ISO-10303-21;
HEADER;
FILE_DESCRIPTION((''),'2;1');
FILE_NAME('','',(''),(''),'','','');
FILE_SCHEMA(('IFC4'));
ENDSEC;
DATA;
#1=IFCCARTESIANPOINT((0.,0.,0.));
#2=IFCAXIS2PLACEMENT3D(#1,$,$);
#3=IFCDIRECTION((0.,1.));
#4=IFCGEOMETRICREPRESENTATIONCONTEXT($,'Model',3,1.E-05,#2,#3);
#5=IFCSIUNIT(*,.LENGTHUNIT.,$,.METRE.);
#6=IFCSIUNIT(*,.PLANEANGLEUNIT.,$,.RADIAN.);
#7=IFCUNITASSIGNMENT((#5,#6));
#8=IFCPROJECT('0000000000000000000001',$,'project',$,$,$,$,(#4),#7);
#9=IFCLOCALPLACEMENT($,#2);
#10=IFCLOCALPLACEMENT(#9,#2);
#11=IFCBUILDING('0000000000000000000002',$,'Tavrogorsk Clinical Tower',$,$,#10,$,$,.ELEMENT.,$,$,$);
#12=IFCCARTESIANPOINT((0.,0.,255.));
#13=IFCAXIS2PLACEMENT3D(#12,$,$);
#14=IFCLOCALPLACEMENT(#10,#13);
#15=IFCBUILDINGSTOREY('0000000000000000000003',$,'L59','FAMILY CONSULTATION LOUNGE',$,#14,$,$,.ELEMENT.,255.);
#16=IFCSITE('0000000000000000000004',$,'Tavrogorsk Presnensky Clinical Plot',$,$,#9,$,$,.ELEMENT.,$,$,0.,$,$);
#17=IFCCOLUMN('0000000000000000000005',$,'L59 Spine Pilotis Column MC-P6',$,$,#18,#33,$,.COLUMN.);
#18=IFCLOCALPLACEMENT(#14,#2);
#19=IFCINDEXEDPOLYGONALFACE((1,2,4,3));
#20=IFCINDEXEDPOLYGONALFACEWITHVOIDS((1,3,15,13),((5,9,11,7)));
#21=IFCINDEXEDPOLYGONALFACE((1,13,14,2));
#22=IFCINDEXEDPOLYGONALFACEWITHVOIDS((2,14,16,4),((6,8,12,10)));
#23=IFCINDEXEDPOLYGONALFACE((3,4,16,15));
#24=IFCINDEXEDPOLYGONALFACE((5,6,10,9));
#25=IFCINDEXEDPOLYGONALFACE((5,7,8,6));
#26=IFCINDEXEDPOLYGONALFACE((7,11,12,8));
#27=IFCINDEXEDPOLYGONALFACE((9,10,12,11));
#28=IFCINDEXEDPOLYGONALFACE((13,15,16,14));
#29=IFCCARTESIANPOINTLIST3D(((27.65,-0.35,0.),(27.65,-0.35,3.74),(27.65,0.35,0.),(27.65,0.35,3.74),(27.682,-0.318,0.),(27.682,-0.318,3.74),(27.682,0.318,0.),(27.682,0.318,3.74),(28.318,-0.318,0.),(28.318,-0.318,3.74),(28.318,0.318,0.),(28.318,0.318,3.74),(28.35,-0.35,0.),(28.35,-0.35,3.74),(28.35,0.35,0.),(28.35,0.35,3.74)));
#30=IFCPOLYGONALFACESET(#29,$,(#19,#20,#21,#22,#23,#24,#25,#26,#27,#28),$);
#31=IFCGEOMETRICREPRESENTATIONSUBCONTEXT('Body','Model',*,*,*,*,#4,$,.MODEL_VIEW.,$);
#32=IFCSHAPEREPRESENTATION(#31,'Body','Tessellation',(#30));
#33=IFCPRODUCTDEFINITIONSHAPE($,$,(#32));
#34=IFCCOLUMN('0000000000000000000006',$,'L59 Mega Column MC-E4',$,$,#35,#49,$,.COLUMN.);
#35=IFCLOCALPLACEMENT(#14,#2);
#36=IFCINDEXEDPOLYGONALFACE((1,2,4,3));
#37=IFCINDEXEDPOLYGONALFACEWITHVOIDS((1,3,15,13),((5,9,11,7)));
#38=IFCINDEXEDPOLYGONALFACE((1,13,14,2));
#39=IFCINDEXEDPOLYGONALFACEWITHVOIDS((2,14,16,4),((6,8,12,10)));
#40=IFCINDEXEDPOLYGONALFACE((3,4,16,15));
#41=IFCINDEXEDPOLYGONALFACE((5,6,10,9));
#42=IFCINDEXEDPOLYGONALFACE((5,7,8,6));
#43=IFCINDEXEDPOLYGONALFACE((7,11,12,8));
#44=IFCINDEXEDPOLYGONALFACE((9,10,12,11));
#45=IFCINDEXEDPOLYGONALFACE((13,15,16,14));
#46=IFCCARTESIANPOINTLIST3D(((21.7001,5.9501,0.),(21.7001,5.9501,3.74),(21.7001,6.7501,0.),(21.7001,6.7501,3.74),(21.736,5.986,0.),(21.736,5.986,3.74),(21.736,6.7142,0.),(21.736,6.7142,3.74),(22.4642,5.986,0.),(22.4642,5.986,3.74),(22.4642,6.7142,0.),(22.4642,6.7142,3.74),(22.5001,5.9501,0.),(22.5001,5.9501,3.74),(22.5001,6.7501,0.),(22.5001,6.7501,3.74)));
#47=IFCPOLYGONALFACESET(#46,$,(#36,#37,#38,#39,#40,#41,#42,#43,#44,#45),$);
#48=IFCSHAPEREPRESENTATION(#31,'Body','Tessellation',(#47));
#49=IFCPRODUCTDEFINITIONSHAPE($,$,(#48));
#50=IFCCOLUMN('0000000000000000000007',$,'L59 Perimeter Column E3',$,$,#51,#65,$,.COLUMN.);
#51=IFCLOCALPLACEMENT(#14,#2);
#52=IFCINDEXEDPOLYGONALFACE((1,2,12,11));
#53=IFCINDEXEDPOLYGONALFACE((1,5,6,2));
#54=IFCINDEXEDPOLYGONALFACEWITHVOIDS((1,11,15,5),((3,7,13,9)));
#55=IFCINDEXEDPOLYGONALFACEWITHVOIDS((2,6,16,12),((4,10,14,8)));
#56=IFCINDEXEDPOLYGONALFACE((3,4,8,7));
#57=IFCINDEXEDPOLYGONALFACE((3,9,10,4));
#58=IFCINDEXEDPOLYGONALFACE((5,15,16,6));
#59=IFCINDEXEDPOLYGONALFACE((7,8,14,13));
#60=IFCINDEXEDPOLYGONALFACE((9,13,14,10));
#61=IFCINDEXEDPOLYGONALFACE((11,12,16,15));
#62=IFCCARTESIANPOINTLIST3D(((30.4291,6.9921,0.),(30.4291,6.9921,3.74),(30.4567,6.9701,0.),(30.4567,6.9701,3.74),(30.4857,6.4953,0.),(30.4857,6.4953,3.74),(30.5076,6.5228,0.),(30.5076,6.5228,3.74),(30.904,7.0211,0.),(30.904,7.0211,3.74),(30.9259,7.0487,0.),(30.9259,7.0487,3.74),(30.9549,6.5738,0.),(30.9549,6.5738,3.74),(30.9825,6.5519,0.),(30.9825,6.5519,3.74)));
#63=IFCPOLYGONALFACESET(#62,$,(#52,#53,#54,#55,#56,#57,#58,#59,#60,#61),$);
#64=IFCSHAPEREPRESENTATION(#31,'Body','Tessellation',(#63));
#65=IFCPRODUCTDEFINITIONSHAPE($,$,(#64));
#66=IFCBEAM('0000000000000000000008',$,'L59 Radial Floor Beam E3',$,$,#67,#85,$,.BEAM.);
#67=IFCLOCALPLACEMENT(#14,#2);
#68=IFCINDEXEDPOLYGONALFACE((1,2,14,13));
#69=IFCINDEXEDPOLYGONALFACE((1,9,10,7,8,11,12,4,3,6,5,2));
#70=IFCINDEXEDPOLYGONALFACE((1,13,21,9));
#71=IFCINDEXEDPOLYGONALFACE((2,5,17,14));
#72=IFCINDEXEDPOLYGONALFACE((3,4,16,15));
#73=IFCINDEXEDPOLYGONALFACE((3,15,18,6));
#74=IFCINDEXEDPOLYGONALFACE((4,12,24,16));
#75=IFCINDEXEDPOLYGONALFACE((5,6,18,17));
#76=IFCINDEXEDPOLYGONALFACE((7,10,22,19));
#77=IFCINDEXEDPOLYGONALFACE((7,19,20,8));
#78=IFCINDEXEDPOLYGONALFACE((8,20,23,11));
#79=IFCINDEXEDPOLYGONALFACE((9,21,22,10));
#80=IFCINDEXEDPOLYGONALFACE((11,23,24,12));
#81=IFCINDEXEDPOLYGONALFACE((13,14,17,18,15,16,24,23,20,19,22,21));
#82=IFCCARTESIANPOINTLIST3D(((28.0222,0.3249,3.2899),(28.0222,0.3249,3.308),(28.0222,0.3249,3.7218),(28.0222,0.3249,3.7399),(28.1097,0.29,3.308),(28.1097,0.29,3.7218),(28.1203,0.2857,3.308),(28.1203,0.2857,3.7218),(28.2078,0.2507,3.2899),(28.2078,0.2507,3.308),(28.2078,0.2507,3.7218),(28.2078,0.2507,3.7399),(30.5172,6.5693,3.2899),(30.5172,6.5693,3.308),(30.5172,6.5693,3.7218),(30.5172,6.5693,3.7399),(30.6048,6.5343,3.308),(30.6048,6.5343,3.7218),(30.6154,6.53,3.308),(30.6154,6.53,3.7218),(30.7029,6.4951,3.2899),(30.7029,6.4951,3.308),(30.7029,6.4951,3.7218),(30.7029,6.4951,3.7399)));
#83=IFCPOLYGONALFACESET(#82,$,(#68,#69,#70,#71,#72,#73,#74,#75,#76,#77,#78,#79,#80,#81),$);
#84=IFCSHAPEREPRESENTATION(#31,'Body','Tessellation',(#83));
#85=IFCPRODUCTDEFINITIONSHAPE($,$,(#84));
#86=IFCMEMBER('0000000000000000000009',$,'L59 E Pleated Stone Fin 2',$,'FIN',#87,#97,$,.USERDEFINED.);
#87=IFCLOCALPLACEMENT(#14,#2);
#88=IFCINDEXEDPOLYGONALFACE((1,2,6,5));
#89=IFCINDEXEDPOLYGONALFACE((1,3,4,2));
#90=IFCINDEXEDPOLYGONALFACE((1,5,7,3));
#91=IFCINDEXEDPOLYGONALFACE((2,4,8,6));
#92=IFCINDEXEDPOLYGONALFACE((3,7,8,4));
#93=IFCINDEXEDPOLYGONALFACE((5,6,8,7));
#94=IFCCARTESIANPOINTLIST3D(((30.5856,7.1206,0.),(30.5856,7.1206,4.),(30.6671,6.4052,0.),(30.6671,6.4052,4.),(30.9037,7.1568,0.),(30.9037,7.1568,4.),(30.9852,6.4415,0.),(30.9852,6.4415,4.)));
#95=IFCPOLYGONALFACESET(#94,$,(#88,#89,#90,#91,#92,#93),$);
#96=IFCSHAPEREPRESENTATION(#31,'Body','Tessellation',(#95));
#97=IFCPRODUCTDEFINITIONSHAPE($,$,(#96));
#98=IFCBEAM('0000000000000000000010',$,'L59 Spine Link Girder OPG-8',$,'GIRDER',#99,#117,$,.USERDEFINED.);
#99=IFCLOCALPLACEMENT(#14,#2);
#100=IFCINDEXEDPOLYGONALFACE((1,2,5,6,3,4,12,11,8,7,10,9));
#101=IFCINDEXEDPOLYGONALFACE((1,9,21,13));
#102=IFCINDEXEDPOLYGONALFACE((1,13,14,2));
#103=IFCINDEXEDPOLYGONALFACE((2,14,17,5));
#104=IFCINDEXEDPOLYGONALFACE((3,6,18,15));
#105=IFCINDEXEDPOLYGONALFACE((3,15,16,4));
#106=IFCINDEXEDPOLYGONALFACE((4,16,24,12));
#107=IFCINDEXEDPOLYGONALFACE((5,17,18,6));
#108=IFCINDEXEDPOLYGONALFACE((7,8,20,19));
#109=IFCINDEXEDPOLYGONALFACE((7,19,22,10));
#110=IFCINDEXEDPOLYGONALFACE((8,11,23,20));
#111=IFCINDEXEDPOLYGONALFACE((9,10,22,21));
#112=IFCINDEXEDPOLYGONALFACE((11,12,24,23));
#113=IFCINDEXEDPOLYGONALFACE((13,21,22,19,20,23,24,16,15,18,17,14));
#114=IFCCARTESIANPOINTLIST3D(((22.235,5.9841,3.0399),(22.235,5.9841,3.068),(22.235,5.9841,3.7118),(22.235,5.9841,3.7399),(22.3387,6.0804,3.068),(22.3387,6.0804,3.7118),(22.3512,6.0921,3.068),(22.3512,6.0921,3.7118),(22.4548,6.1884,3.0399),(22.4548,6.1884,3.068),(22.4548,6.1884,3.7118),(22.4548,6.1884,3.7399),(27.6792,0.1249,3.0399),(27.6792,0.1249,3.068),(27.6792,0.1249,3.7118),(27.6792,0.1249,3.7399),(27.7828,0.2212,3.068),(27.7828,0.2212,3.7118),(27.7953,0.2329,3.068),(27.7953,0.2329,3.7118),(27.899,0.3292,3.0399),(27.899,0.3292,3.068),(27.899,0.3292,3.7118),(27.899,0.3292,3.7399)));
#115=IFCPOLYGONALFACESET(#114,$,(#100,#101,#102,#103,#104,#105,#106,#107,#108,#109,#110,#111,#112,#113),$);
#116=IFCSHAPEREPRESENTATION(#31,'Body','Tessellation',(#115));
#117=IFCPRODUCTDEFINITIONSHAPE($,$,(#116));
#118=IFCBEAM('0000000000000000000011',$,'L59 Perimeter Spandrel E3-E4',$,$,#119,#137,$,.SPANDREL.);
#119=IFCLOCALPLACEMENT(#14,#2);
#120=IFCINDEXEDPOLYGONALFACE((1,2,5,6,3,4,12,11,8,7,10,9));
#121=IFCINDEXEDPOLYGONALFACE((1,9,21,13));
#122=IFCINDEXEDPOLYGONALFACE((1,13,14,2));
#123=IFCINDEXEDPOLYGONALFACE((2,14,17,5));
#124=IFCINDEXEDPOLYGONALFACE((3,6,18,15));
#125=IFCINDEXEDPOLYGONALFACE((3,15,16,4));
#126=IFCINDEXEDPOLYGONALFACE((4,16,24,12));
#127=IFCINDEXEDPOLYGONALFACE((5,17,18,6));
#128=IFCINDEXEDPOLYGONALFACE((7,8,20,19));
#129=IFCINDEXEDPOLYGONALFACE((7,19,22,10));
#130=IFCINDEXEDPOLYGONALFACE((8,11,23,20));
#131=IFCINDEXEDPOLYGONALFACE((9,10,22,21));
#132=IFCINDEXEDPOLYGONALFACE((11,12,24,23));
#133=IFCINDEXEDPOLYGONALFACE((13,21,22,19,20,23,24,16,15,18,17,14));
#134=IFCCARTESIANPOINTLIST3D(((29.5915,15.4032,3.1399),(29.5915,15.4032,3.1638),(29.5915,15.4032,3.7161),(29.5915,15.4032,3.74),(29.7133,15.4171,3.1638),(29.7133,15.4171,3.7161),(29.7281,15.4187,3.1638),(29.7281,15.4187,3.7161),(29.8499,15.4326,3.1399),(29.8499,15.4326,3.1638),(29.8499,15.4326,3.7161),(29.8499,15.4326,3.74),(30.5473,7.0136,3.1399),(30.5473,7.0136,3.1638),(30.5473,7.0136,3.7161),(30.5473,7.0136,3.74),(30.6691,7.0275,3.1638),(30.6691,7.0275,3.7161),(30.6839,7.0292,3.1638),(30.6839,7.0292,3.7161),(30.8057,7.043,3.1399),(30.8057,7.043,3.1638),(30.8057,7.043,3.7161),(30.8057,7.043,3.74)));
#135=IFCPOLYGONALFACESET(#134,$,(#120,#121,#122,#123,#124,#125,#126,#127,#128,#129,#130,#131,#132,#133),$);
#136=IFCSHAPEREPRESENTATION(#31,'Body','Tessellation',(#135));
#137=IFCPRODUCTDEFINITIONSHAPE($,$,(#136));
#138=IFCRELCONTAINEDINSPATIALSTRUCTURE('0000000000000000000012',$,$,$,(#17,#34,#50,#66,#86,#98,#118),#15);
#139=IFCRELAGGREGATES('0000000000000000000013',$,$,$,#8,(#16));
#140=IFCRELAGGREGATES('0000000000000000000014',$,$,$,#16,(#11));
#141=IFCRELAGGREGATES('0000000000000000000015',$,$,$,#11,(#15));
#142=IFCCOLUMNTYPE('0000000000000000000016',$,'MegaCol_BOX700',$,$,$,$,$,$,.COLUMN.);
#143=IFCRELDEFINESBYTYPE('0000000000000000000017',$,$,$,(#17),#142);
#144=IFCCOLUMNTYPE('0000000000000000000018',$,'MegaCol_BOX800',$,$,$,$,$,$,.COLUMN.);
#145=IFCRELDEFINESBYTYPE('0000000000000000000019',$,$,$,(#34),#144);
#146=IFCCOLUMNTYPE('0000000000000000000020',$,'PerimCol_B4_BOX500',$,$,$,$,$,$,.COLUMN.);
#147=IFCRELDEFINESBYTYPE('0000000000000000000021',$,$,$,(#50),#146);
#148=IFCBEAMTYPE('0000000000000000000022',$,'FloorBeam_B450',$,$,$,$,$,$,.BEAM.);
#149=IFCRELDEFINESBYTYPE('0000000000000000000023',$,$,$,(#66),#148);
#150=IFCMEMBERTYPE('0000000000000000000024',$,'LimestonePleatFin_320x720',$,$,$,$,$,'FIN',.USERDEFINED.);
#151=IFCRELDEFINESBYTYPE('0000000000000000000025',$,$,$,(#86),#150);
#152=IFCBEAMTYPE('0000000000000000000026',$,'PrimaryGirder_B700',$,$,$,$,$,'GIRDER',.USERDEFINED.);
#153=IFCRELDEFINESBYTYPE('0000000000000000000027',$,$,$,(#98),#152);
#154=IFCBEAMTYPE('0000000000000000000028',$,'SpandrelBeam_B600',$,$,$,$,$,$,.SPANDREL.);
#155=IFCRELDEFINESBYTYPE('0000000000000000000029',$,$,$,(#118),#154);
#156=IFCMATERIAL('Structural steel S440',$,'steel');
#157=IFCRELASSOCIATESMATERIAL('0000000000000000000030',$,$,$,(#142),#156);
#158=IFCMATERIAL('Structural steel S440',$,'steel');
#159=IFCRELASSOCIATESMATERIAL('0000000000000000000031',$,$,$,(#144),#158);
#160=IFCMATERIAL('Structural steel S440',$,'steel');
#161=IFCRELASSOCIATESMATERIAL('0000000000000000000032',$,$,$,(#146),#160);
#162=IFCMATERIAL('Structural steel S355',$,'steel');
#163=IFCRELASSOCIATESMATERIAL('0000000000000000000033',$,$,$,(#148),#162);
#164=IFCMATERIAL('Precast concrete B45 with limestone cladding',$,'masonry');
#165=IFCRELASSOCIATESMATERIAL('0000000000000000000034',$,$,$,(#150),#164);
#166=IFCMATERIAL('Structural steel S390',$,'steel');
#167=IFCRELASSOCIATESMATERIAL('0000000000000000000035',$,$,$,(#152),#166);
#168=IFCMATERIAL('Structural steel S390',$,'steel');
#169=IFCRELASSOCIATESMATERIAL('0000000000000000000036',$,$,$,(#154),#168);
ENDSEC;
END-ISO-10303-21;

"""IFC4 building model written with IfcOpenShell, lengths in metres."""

from ifc_helpers import new_model, si_unit, direction, frame, origin, origin_2d, place, context, subcontext, project, spatial, rectangle, hollow_rectangle, i_section, extrude, material, material_profile, profile_set, type_object, element, save


model = new_model("IFC4")

# Units and contexts
model_context = context("Model", 3, precision=1e-05, world=origin(), true_north=direction((0.0, 1.0)))
body_context = subcontext(model_context, "Body", "Model", "MODEL_VIEW")
ifc_project = project(units=[si_unit("LENGTHUNIT", "METRE"), si_unit("PLANEANGLEUNIT", "RADIAN")], contexts=[model_context])

# Site, building, storey
site_placement = place(None, origin())
site = spatial("IfcSite", under=ifc_project, at=site_placement, Name="Tavrogorsk Presnensky Clinical Plot", CompositionType="ELEMENT", RefElevation=0.0)
building_placement = place(site_placement, origin())
building = spatial("IfcBuilding", under=site, at=building_placement, Name="Tavrogorsk Clinical Tower", CompositionType="ELEMENT")
storey_placement = place(building_placement, frame((0.0, 0.0, 255.0)))
storey = spatial("IfcBuildingStorey", under=building, at=storey_placement, Name="L59", Description="FAMILY CONSULTATION LOUNGE", CompositionType="ELEMENT", Elevation=255.0)

# Columns
ifc_material_1 = material(Name="Structural steel S440", Category="steel")
ifc_material_profile_1 = material_profile(ifc_material_1, hollow_rectangle(XDim=0.7, YDim=0.7, WallThickness=0.032, at=origin_2d()), Name="BOX-700x700x32")
ifc_profile_set_1 = profile_set([ifc_material_profile_1], Name="Structural steel S440")
column_type_1 = type_object("IfcColumnType", Name="MegaCol_BOX700", PredefinedType="COLUMN", material=ifc_profile_set_1)
column_1_placement = place(storey_placement, frame((28.0, 0.0, 0.0), z_axis=(0.0, 0.0, 1.0), x_axis=(1.0, 0.0, 0.0)))
element("IfcColumn", 1, at=column_1_placement, inside=storey, type_object=column_type_1, Name="L59 Spine Pilotis Column MC-P6", PredefinedType="COLUMN", context=body_context, shape_type="SweptSolid", body=[
    extrude(hollow_rectangle(XDim=0.7, YDim=0.7, WallThickness=0.032, at=origin_2d()), origin(), (0.0, 0.0, 1.0), 3.74),
])
ifc_material_2 = material(Name="Structural steel S440", Category="steel")
ifc_material_profile_2 = material_profile(ifc_material_2, hollow_rectangle(XDim=0.8, YDim=0.8, WallThickness=0.0359, at=origin_2d()), Name="BOX-800x800x36")
ifc_profile_set_2 = profile_set([ifc_material_profile_2], Name="Structural steel S440")
column_type_2 = type_object("IfcColumnType", Name="MegaCol_BOX800", PredefinedType="COLUMN", material=ifc_profile_set_2)
column_2_placement = place(storey_placement, frame((22.1001, 6.3501, 0.0), z_axis=(0.0, 0.0, 1.0), x_axis=(1.0, 0.0, 0.0)))
element("IfcColumn", 2, at=column_2_placement, inside=storey, type_object=column_type_2, Name="L59 Mega Column MC-E4", PredefinedType="COLUMN", context=body_context, shape_type="SweptSolid", body=[
    extrude(hollow_rectangle(XDim=0.8, YDim=0.8, WallThickness=0.0359, at=origin_2d()), origin(), (0.0, 0.0, 1.0), 3.74),
])
ifc_material_3 = material(Name="Structural steel S440", Category="steel")
ifc_material_profile_3 = material_profile(ifc_material_3, hollow_rectangle(XDim=0.5, YDim=0.5, WallThickness=0.0249, at=origin_2d()), Name="BOX-500x500x25")
ifc_profile_set_3 = profile_set([ifc_material_profile_3], Name="Structural steel S440")
column_type_3 = type_object("IfcColumnType", Name="PerimCol_B4_BOX500", PredefinedType="COLUMN", material=ifc_profile_set_3)
column_3_placement = place(storey_placement, frame((30.7058, 6.772, 0.0), z_axis=(0.0, 0.0, 1.0), x_axis=(0.993572, 0.113203, 0.0)))
element("IfcColumn", 3, at=column_3_placement, inside=storey, type_object=column_type_3, Name="L59 Perimeter Column E3", PredefinedType="COLUMN", context=body_context, shape_type="SweptSolid", body=[
    extrude(hollow_rectangle(XDim=0.5, YDim=0.5, WallThickness=0.0249, at=origin_2d()), origin(), (0.0, 0.0, 1.0), 3.74),
])

# Beam
ifc_material_4 = material(Name="Structural steel S355", Category="steel")
ifc_material_profile_4 = material_profile(ifc_material_4, i_section(OverallWidth=0.2, OverallDepth=0.45, WebThickness=0.0115, FlangeThickness=0.0181, at=origin_2d()), Name="B-450x200x11.5x18")
ifc_profile_set_4 = profile_set([ifc_material_profile_4], Name="Structural steel S355")
beam_type_1 = type_object("IfcBeamType", Name="FloorBeam_B450", PredefinedType="BEAM", material=ifc_profile_set_4)
beam_1_placement = place(storey_placement, frame((28.115, 0.2878, 3.5149), z_axis=(0.371053, 0.928612, 0.0), x_axis=(-0.928612, 0.371053, 0.0)))
element("IfcBeam", 4, at=beam_1_placement, inside=storey, type_object=beam_type_1, Name="L59 Radial Floor Beam E3", PredefinedType="BEAM", context=body_context, shape_type="SweptSolid", body=[
    extrude(i_section(OverallWidth=0.2, OverallDepth=0.45, WebThickness=0.0115, FlangeThickness=0.0181, at=origin_2d()), origin(), (0.0, 0.0, 1.0), 6.7244),
])

# Member
ifc_material_5 = material(Name="Precast concrete B45 with limestone cladding", Category="masonry")
ifc_material_profile_5 = material_profile(ifc_material_5, rectangle(XDim=0.3201, YDim=0.72, at=origin_2d()), Name="LIMESTONE-FIN-320x720")
ifc_profile_set_5 = profile_set([ifc_material_profile_5], Name="Precast concrete B45 with limestone cladding")
member_type = type_object("IfcMemberType", Name="LimestonePleatFin_320x720", ElementType="FIN", PredefinedType="USERDEFINED", material=ifc_profile_set_5)
member_placement = place(storey_placement, frame((30.7854, 6.781, 0.0), z_axis=(0.0, 0.0, 1.0), x_axis=(0.993572, 0.113203, 0.0)))
element("IfcMember", 5, at=member_placement, inside=storey, type_object=member_type, Name="L59 E Pleated Stone Fin 2", ObjectType="FIN", PredefinedType="USERDEFINED", context=body_context, shape_type="SweptSolid", body=[
    extrude(rectangle(XDim=0.3201, YDim=0.72, at=origin_2d()), origin(), (0.0, 0.0, 1.0), 4.0),
])

# Beams
ifc_material_6 = material(Name="Structural steel S390", Category="steel")
ifc_material_profile_6 = material_profile(ifc_material_6, i_section(OverallWidth=0.3, OverallDepth=0.7, WebThickness=0.0171, FlangeThickness=0.0281, at=origin_2d()), Name="B-700x300x17x28")
ifc_profile_set_6 = profile_set([ifc_material_profile_6], Name="Structural steel S390")
beam_type_2 = type_object("IfcBeamType", Name="PrimaryGirder_B700", ElementType="GIRDER", PredefinedType="USERDEFINED", material=ifc_profile_set_6)
beam_2_placement = place(storey_placement, frame((27.7891, 0.2271, 3.3899), z_axis=(-0.680684, 0.732577, 0.0), x_axis=(-0.732577, -0.680684, 0.0)))
element("IfcBeam", 6, at=beam_2_placement, inside=storey, type_object=beam_type_2, Name="L59 Spine Link Girder OPG-8", ObjectType="GIRDER", PredefinedType="USERDEFINED", context=body_context, shape_type="SweptSolid", body=[
    extrude(i_section(OverallWidth=0.3, OverallDepth=0.7, WebThickness=0.0171, FlangeThickness=0.0281, at=origin_2d()), origin(), (0.0, 0.0, 1.0), 7.998),
])
ifc_material_7 = material(Name="Structural steel S390", Category="steel")
ifc_material_profile_7 = material_profile(ifc_material_7, i_section(OverallWidth=0.26, OverallDepth=0.6001, WebThickness=0.0149, FlangeThickness=0.0239, at=origin_2d()), Name="B-600x260x15x24")
ifc_profile_set_7 = profile_set([ifc_material_profile_7], Name="Structural steel S390")
beam_type_3 = type_object("IfcBeamType", Name="SpandrelBeam_B600", PredefinedType="SPANDREL", material=ifc_profile_set_7)
beam_3_placement = place(storey_placement, frame((30.6765, 7.0283, 3.4399), z_axis=(-0.113195, 0.993573, 0.0), x_axis=(-0.993573, -0.113195, 0.0)))
element("IfcBeam", 7, at=beam_3_placement, inside=storey, type_object=beam_type_3, Name="L59 Perimeter Spandrel E3-E4", PredefinedType="SPANDREL", context=body_context, shape_type="SweptSolid", body=[
    extrude(i_section(OverallWidth=0.26, OverallDepth=0.6001, WebThickness=0.0149, FlangeThickness=0.0239, at=origin_2d()), origin(), (0.0, 0.0, 1.0), 8.4438),
])

save(model, "model.ifc")
